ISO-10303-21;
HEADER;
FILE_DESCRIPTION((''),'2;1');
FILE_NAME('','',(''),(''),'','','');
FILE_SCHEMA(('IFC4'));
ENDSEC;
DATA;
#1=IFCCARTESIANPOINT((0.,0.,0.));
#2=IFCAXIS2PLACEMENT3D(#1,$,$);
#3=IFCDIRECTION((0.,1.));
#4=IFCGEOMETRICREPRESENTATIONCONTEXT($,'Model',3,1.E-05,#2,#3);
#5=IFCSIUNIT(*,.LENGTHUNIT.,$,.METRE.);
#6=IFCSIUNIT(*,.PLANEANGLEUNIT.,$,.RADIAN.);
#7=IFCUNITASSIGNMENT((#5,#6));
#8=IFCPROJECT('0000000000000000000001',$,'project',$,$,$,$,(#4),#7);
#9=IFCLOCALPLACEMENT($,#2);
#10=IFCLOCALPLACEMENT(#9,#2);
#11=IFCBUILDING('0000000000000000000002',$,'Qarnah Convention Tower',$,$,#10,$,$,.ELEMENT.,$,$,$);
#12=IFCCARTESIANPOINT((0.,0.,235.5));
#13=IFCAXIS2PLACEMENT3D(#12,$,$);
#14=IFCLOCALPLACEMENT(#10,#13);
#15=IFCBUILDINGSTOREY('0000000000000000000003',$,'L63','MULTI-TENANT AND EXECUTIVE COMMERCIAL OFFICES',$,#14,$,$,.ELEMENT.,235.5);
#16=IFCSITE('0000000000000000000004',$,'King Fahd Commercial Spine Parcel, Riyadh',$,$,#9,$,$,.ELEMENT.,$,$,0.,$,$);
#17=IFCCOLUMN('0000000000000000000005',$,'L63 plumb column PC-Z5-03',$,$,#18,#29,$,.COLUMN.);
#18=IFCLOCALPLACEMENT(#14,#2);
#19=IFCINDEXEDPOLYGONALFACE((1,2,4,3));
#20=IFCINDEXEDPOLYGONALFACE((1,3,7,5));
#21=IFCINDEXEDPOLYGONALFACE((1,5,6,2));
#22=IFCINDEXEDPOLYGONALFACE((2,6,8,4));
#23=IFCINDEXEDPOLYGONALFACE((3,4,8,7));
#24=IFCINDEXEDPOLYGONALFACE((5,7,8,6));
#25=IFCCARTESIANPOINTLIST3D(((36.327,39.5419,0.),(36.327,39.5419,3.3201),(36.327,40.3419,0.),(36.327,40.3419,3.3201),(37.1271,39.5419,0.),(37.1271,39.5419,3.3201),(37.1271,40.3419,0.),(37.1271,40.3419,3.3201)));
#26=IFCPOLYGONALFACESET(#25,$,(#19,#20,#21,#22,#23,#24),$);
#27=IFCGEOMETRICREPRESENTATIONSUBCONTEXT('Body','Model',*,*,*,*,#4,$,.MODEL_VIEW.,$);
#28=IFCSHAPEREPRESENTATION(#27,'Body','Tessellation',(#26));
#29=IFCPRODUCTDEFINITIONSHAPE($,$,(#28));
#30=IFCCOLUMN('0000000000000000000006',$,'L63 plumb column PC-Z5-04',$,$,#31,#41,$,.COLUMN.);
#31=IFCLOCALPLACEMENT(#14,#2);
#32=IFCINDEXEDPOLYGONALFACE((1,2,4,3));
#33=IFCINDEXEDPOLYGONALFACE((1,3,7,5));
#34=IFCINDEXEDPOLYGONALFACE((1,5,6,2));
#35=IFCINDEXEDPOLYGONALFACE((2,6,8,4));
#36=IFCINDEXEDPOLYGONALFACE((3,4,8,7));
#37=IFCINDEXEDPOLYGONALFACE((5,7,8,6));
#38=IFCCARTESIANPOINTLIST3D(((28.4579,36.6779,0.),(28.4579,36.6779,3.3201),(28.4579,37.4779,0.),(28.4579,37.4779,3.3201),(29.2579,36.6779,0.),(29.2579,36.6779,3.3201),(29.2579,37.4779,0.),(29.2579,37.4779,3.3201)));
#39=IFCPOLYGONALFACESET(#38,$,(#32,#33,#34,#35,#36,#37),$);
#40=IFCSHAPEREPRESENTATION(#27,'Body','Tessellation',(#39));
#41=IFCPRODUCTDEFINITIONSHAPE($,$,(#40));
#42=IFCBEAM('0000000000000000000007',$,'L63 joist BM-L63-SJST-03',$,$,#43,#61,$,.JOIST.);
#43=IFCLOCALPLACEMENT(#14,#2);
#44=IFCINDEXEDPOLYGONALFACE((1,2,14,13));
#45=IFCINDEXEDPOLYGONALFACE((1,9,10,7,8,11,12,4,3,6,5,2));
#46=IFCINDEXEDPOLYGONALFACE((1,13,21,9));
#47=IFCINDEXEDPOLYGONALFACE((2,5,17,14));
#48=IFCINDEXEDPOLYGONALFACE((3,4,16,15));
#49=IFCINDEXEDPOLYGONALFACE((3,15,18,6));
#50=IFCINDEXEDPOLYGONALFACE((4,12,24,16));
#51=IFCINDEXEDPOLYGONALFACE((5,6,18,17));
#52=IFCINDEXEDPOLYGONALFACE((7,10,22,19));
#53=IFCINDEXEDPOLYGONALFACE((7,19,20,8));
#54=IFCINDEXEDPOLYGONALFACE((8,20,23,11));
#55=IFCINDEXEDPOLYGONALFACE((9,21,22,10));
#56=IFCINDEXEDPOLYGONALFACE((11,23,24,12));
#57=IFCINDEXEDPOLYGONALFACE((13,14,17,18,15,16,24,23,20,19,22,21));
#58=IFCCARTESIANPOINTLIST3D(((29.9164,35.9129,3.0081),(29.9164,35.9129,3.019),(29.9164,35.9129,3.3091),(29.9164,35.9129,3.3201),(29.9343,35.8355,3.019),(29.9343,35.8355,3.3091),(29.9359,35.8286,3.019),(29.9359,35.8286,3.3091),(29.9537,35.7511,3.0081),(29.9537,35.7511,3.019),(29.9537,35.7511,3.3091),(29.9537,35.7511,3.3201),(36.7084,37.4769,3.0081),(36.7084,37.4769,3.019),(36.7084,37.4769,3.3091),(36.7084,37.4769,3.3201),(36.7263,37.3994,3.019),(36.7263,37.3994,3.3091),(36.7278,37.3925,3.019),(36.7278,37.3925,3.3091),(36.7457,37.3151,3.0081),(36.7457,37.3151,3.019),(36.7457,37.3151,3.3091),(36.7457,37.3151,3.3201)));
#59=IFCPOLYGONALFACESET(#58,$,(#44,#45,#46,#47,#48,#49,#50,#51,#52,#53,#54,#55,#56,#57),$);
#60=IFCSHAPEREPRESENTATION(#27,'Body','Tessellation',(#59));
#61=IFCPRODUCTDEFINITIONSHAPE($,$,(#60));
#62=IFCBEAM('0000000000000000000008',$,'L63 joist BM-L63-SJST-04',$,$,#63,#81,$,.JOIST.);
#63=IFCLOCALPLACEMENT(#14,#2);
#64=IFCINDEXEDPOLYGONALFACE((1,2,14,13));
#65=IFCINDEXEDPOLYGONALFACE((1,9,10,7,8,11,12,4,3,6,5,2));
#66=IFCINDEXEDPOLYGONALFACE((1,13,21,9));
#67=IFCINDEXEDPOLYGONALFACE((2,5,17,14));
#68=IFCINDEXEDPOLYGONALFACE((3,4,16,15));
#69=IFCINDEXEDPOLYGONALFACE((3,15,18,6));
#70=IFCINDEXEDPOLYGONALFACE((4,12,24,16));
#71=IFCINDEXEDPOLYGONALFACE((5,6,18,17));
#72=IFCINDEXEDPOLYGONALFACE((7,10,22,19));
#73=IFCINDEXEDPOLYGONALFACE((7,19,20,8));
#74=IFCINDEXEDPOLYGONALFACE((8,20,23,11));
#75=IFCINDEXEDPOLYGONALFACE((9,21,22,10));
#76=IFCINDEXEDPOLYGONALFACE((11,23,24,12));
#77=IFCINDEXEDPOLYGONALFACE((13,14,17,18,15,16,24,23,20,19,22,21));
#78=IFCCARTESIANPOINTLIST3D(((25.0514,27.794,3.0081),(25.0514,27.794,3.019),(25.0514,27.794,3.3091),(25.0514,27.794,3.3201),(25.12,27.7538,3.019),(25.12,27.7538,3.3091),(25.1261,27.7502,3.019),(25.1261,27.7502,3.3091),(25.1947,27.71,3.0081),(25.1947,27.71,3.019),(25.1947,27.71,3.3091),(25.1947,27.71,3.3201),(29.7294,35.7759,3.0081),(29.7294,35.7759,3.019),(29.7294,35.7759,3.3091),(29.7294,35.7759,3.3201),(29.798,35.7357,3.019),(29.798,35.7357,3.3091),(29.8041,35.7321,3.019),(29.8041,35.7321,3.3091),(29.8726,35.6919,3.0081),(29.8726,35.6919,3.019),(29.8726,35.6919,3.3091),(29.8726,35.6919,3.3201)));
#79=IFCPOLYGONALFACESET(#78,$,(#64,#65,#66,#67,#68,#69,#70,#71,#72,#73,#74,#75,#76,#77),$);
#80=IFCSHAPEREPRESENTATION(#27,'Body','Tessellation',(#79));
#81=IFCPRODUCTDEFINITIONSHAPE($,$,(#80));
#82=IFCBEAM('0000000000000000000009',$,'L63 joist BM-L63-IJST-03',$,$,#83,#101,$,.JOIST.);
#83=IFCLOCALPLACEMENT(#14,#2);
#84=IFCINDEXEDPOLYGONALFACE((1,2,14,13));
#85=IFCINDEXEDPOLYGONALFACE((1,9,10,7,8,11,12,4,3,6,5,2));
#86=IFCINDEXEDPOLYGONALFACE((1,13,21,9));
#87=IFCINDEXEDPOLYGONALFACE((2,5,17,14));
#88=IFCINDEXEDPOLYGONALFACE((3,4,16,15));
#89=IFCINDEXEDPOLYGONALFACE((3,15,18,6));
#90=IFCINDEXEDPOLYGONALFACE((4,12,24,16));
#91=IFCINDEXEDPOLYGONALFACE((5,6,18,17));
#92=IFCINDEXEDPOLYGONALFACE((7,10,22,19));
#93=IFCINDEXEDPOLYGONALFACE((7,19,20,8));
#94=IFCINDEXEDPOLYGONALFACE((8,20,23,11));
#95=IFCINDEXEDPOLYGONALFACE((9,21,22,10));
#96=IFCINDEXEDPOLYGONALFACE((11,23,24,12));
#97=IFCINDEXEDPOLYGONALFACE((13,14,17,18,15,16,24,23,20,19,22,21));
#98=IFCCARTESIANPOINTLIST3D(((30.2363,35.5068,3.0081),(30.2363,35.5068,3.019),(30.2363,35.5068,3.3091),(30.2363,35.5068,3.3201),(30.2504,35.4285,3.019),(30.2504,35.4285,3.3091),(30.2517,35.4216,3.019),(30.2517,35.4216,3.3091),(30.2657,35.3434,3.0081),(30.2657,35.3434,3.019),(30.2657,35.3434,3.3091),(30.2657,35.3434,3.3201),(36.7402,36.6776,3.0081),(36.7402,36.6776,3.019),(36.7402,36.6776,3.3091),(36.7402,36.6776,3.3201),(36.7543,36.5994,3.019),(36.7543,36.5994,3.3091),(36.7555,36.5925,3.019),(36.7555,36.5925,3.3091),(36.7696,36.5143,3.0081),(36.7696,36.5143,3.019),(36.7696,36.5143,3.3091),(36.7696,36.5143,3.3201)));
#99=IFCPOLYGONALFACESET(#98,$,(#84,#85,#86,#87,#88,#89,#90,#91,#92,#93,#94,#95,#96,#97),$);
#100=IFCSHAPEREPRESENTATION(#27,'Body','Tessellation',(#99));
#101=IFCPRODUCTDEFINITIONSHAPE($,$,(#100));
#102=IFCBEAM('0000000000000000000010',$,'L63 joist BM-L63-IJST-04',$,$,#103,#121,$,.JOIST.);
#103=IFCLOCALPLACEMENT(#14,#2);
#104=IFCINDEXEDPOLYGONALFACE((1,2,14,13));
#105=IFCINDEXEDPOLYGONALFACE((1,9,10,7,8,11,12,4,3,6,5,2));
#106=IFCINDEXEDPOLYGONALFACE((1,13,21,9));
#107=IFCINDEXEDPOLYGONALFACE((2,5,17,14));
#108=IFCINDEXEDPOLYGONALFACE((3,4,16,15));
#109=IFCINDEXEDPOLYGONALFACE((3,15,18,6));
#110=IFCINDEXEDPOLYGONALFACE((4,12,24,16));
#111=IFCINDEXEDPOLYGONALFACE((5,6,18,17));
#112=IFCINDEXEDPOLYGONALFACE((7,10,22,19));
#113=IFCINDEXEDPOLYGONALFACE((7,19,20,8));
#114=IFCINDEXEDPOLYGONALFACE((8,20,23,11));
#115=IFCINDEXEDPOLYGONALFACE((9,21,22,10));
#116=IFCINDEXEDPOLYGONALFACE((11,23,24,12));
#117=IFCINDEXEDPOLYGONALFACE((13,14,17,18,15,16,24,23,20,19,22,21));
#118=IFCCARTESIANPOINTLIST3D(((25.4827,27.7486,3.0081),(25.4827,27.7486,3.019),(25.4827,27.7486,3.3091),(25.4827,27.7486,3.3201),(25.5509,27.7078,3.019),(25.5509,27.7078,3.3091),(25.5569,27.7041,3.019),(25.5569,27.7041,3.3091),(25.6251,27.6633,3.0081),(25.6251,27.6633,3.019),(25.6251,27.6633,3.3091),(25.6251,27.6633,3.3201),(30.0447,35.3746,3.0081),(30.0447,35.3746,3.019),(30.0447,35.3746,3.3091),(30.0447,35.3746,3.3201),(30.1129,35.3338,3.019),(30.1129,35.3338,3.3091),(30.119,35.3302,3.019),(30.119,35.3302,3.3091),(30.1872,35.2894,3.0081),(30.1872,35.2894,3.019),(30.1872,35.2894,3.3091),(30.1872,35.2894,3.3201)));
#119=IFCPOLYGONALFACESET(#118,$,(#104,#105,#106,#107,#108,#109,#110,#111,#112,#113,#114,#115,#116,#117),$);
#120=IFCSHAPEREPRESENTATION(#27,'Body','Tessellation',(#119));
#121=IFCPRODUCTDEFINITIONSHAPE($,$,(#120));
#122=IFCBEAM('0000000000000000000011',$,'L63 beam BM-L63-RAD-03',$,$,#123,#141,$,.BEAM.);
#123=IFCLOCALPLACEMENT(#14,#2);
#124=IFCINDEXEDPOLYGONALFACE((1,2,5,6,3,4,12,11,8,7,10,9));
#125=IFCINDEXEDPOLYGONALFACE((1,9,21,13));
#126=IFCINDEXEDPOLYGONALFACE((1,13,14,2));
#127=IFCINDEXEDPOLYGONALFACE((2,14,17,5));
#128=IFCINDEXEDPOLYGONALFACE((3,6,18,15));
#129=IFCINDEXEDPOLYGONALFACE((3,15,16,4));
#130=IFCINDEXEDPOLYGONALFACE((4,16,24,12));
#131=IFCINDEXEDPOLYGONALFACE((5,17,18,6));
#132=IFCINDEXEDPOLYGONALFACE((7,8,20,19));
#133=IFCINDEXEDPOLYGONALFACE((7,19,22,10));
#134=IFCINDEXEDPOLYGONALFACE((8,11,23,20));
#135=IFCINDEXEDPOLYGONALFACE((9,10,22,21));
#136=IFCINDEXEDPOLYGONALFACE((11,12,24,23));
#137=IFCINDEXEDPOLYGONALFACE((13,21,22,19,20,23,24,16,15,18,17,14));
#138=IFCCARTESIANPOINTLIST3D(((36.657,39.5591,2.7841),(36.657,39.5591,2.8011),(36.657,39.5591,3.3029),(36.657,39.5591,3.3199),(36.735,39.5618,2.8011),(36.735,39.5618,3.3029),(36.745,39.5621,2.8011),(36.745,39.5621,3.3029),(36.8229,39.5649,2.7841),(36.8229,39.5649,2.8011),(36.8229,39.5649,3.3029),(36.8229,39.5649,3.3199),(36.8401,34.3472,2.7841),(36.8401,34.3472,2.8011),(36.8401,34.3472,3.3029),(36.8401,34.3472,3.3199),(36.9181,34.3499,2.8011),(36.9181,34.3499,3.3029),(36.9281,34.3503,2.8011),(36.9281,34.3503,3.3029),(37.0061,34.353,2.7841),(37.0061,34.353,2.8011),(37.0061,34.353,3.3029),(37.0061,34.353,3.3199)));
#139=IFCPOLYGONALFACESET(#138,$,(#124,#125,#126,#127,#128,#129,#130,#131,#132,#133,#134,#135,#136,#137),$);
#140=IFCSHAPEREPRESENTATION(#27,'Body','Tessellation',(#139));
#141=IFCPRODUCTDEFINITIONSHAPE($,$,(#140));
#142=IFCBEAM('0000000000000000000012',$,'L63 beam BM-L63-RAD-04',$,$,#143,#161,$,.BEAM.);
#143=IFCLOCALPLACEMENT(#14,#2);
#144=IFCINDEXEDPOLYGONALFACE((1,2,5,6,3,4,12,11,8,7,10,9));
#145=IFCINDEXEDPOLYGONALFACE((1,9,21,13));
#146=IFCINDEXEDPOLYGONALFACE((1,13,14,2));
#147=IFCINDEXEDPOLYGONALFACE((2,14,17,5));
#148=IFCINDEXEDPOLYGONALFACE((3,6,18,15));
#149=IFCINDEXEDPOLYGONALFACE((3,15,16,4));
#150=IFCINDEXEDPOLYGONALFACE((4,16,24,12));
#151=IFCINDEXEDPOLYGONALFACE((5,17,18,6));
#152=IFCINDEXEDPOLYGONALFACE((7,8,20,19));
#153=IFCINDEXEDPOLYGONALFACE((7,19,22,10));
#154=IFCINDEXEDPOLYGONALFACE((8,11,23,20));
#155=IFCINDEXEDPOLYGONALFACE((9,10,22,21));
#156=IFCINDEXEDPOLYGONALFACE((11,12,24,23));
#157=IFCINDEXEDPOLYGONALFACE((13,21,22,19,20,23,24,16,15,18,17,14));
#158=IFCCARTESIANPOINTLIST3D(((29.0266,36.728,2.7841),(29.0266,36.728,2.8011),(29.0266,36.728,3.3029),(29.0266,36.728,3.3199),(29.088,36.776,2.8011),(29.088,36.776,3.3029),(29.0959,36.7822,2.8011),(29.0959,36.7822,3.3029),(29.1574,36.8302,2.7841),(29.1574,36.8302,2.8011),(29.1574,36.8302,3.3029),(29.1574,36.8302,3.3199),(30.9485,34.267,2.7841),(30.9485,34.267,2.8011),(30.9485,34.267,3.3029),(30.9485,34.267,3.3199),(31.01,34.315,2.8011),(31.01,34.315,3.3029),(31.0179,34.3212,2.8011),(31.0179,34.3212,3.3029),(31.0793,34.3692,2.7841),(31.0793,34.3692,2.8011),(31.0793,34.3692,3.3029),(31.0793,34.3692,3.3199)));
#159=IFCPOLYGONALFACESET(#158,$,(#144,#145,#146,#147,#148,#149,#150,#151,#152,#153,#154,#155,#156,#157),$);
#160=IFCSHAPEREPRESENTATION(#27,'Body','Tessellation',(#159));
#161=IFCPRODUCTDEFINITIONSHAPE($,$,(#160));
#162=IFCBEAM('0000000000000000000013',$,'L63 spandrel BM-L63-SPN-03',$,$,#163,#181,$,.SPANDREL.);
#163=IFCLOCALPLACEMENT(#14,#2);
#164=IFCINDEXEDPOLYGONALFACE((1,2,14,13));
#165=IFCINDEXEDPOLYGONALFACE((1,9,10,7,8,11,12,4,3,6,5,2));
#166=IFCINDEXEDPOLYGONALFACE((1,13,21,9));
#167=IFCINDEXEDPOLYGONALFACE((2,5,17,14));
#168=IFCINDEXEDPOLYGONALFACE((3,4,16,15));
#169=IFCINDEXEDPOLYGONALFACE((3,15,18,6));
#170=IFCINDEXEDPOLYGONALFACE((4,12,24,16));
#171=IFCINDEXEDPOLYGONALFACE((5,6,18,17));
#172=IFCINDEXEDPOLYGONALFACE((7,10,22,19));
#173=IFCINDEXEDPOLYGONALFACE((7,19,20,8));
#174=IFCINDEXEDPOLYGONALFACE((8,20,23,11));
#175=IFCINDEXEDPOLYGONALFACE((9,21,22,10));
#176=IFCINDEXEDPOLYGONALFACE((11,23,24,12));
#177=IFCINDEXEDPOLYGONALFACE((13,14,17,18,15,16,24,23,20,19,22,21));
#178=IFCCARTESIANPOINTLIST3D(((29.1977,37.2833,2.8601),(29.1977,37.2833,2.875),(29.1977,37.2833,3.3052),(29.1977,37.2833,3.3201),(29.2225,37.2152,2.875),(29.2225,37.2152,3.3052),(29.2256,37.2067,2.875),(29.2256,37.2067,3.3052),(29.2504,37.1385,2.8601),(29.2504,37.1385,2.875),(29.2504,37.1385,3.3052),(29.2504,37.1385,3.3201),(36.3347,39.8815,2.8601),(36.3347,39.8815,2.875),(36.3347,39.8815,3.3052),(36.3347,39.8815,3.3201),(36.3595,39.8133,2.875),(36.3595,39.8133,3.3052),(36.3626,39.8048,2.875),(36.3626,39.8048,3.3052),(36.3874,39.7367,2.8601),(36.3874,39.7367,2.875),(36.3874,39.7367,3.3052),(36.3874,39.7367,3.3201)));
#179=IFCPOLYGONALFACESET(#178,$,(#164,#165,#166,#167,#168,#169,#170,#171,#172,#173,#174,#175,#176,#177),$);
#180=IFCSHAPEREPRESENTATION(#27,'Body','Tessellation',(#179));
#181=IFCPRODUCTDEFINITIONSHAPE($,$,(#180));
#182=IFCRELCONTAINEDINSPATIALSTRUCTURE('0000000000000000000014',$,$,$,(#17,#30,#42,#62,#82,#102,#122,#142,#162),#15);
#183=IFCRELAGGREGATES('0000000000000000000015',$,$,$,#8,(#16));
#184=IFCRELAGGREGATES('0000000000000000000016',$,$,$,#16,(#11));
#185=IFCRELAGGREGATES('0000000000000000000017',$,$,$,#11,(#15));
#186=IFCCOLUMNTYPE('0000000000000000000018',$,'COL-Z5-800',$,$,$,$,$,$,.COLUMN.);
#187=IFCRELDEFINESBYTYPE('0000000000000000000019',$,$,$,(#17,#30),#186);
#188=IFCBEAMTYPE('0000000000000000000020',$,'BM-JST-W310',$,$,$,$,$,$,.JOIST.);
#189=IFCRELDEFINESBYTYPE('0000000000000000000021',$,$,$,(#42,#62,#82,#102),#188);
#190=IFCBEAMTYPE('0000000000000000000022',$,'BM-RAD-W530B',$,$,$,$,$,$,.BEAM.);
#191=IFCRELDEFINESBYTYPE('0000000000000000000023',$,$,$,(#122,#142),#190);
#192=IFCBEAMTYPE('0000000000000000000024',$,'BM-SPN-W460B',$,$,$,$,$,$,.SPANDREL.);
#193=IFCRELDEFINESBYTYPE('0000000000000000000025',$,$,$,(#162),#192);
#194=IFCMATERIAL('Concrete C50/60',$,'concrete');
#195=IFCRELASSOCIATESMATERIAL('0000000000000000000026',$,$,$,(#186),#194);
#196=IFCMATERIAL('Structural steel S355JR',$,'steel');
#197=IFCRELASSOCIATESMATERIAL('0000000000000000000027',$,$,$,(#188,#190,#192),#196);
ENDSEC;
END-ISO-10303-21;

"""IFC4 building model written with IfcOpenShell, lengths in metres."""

from ifc_helpers import new_model, si_unit, direction, frame, origin, origin_2d, place, context, subcontext, project, spatial, rectangle, i_section, extrude, material, material_profile, profile_set, type_object, element, save


model = new_model("IFC4")

# Units and contexts
model_context = context("Model", 3, precision=1e-05, world=origin(), true_north=direction((0.0, 1.0)))
body_context = subcontext(model_context, "Body", "Model", "MODEL_VIEW")
ifc_project = project(units=[si_unit("LENGTHUNIT", "METRE"), si_unit("PLANEANGLEUNIT", "RADIAN")], contexts=[model_context])

# Site, building, storey
site_placement = place(None, origin())
site = spatial("IfcSite", under=ifc_project, at=site_placement, Name="King Fahd Commercial Spine Parcel, Riyadh", CompositionType="ELEMENT", RefElevation=0.0)
building_placement = place(site_placement, origin())
building = spatial("IfcBuilding", under=site, at=building_placement, Name="Qarnah Convention Tower", CompositionType="ELEMENT")
storey_placement = place(building_placement, frame((0.0, 0.0, 235.5)))
storey = spatial("IfcBuildingStorey", under=building, at=storey_placement, Name="L63", Description="MULTI-TENANT AND EXECUTIVE COMMERCIAL OFFICES", CompositionType="ELEMENT", Elevation=235.5)

# Columns
ifc_material_1 = material(Name="Concrete C50/60", Category="concrete")
ifc_material_profile_1 = material_profile(ifc_material_1, rectangle(XDim=0.8, YDim=0.8, at=origin_2d()), Name="RC-COL-800X800")
ifc_profile_set_1 = profile_set([ifc_material_profile_1], Name="Concrete C50/60")
column_type = type_object("IfcColumnType", Name="COL-Z5-800", PredefinedType="COLUMN", material=ifc_profile_set_1)
for number, where, z_axis, x_axis, name in (
    (1, (36.7271, 39.9419, 0.0), (0.0, 0.0, 1.0), (1.0, 0.0, 0.0), "L63 plumb column PC-Z5-03"),
    (2, (28.8579, 37.0779, 0.0), (0.0, 0.0, 1.0), (1.0, 0.0, 0.0), "L63 plumb column PC-Z5-04"),
):
    element("IfcColumn", number, at=place(storey_placement, frame(where, z_axis=z_axis, x_axis=x_axis)), inside=storey, type_object=column_type, Name=name, PredefinedType="COLUMN", context=body_context, shape_type="SweptSolid", body=[
        extrude(rectangle(XDim=0.8, YDim=0.8, at=origin_2d()), origin(), (0.0, 0.0, 1.0), 3.3201),
    ])

# Beams
ifc_material_2 = material(Name="Structural steel S355JR", Category="steel")
ifc_material_profile_2 = material_profile(ifc_material_2, i_section(OverallWidth=0.166, OverallDepth=0.312, WebThickness=0.0071, FlangeThickness=0.011, at=origin_2d()), Name="W310X45")
ifc_profile_set_2 = profile_set([ifc_material_profile_2], Name="Structural steel S355JR")
beam_type_1 = type_object("IfcBeamType", Name="BM-JST-W310", PredefinedType="JOIST", material=ifc_profile_set_2)
beam_1_placement = place(storey_placement, frame((36.7271, 37.396, 3.1641), z_axis=(-0.974499, -0.224394, 0.0), x_axis=(0.224394, -0.974499, 0.0)))
element("IfcBeam", 3, at=beam_1_placement, inside=storey, type_object=beam_type_1, Name="L63 joist BM-L63-SJST-03", PredefinedType="JOIST", context=body_context, shape_type="SweptSolid", body=[
    extrude(i_section(OverallWidth=0.166, OverallDepth=0.312, WebThickness=0.0071, FlangeThickness=0.011, at=origin_2d()), origin(), (0.0, 0.0, 1.0), 6.9697),
])
beam_2_placement = place(storey_placement, frame((29.801, 35.7339, 3.1641), z_axis=(-0.505632, -0.862749, 0.0), x_axis=(0.862749, -0.505632, 0.0)))
element("IfcBeam", 4, at=beam_2_placement, inside=storey, type_object=beam_type_1, Name="L63 joist BM-L63-SJST-04", PredefinedType="JOIST", context=body_context, shape_type="SweptSolid", body=[
    extrude(i_section(OverallWidth=0.166, OverallDepth=0.312, WebThickness=0.0071, FlangeThickness=0.011, at=origin_2d()), origin(), (0.0, 0.0, 1.0), 9.2517),
])
beam_3_placement = place(storey_placement, frame((36.7549, 36.5959, 3.1641), z_axis=(-0.984178, -0.177182, 0.0), x_axis=(0.177182, -0.984178, 0.0)))
element("IfcBeam", 5, at=beam_3_placement, inside=storey, type_object=beam_type_1, Name="L63 joist BM-L63-IJST-03", PredefinedType="JOIST", context=body_context, shape_type="SweptSolid", body=[
    extrude(i_section(OverallWidth=0.166, OverallDepth=0.312, WebThickness=0.0071, FlangeThickness=0.011, at=origin_2d()), origin(), (0.0, 0.0, 1.0), 6.6084),
])
beam_4_placement = place(storey_placement, frame((30.116, 35.332, 3.1641), z_axis=(-0.513372, -0.858166, 0.0), x_axis=(0.858166, -0.513372, 0.0)))
element("IfcBeam", 6, at=beam_4_placement, inside=storey, type_object=beam_type_1, Name="L63 joist BM-L63-IJST-04", PredefinedType="JOIST", context=body_context, shape_type="SweptSolid", body=[
    extrude(i_section(OverallWidth=0.166, OverallDepth=0.312, WebThickness=0.0071, FlangeThickness=0.011, at=origin_2d()), origin(), (0.0, 0.0, 1.0), 8.8865),
])
ifc_material_profile_3 = material_profile(ifc_material_2, i_section(OverallWidth=0.166, OverallDepth=0.5359, WebThickness=0.01, FlangeThickness=0.0171, at=origin_2d()), Name="W530X85")
ifc_profile_set_3 = profile_set([ifc_material_profile_3], Name="Structural steel S355JR")
beam_type_2 = type_object("IfcBeamType", Name="BM-RAD-W530B", PredefinedType="BEAM", material=ifc_profile_set_3)
beam_5_placement = place(storey_placement, frame((36.9231, 34.3501, 3.052), z_axis=(-0.03511, 0.999383, 0.0), x_axis=(-0.999383, -0.03511, 0.0)))
element("IfcBeam", 7, at=beam_5_placement, inside=storey, type_object=beam_type_2, Name="L63 beam BM-L63-RAD-03", PredefinedType="BEAM", context=body_context, shape_type="SweptSolid", body=[
    extrude(i_section(OverallWidth=0.166, OverallDepth=0.5359, WebThickness=0.01, FlangeThickness=0.0171, at=origin_2d()), origin(), (0.0, 0.0, 1.0), 5.2151),
])
beam_6_placement = place(storey_placement, frame((31.0139, 34.3181, 3.052), z_axis=(-0.615498, 0.788138, 0.0), x_axis=(-0.788138, -0.615498, 0.0)))
element("IfcBeam", 8, at=beam_6_placement, inside=storey, type_object=beam_type_2, Name="L63 beam BM-L63-RAD-04", PredefinedType="BEAM", context=body_context, shape_type="SweptSolid", body=[
    extrude(i_section(OverallWidth=0.166, OverallDepth=0.5359, WebThickness=0.01, FlangeThickness=0.0171, at=origin_2d()), origin(), (0.0, 0.0, 1.0), 3.1226),
])
ifc_material_profile_4 = material_profile(ifc_material_2, i_section(OverallWidth=0.1541, OverallDepth=0.46, WebThickness=0.009, FlangeThickness=0.0149, at=origin_2d()), Name="W460X68")
ifc_profile_set_4 = profile_set([ifc_material_profile_4], Name="Structural steel S355JR")
beam_type_3 = type_object("IfcBeamType", Name="BM-SPN-W460B", PredefinedType="SPANDREL", material=ifc_profile_set_4)
beam_7_placement = place(storey_placement, frame((36.3611, 39.8091, 3.0901), z_axis=(-0.939671, -0.342079, 0.0), x_axis=(0.342079, -0.939671, 0.0)))
element("IfcBeam", 9, at=beam_7_placement, inside=storey, type_object=beam_type_3, Name="L63 spandrel BM-L63-SPN-03", PredefinedType="SPANDREL", context=body_context, shape_type="SweptSolid", body=[
    extrude(i_section(OverallWidth=0.1541, OverallDepth=0.46, WebThickness=0.009, FlangeThickness=0.0149, at=origin_2d()), origin(), (0.0, 0.0, 1.0), 7.5952),
])

save(model, "model.ifc")
